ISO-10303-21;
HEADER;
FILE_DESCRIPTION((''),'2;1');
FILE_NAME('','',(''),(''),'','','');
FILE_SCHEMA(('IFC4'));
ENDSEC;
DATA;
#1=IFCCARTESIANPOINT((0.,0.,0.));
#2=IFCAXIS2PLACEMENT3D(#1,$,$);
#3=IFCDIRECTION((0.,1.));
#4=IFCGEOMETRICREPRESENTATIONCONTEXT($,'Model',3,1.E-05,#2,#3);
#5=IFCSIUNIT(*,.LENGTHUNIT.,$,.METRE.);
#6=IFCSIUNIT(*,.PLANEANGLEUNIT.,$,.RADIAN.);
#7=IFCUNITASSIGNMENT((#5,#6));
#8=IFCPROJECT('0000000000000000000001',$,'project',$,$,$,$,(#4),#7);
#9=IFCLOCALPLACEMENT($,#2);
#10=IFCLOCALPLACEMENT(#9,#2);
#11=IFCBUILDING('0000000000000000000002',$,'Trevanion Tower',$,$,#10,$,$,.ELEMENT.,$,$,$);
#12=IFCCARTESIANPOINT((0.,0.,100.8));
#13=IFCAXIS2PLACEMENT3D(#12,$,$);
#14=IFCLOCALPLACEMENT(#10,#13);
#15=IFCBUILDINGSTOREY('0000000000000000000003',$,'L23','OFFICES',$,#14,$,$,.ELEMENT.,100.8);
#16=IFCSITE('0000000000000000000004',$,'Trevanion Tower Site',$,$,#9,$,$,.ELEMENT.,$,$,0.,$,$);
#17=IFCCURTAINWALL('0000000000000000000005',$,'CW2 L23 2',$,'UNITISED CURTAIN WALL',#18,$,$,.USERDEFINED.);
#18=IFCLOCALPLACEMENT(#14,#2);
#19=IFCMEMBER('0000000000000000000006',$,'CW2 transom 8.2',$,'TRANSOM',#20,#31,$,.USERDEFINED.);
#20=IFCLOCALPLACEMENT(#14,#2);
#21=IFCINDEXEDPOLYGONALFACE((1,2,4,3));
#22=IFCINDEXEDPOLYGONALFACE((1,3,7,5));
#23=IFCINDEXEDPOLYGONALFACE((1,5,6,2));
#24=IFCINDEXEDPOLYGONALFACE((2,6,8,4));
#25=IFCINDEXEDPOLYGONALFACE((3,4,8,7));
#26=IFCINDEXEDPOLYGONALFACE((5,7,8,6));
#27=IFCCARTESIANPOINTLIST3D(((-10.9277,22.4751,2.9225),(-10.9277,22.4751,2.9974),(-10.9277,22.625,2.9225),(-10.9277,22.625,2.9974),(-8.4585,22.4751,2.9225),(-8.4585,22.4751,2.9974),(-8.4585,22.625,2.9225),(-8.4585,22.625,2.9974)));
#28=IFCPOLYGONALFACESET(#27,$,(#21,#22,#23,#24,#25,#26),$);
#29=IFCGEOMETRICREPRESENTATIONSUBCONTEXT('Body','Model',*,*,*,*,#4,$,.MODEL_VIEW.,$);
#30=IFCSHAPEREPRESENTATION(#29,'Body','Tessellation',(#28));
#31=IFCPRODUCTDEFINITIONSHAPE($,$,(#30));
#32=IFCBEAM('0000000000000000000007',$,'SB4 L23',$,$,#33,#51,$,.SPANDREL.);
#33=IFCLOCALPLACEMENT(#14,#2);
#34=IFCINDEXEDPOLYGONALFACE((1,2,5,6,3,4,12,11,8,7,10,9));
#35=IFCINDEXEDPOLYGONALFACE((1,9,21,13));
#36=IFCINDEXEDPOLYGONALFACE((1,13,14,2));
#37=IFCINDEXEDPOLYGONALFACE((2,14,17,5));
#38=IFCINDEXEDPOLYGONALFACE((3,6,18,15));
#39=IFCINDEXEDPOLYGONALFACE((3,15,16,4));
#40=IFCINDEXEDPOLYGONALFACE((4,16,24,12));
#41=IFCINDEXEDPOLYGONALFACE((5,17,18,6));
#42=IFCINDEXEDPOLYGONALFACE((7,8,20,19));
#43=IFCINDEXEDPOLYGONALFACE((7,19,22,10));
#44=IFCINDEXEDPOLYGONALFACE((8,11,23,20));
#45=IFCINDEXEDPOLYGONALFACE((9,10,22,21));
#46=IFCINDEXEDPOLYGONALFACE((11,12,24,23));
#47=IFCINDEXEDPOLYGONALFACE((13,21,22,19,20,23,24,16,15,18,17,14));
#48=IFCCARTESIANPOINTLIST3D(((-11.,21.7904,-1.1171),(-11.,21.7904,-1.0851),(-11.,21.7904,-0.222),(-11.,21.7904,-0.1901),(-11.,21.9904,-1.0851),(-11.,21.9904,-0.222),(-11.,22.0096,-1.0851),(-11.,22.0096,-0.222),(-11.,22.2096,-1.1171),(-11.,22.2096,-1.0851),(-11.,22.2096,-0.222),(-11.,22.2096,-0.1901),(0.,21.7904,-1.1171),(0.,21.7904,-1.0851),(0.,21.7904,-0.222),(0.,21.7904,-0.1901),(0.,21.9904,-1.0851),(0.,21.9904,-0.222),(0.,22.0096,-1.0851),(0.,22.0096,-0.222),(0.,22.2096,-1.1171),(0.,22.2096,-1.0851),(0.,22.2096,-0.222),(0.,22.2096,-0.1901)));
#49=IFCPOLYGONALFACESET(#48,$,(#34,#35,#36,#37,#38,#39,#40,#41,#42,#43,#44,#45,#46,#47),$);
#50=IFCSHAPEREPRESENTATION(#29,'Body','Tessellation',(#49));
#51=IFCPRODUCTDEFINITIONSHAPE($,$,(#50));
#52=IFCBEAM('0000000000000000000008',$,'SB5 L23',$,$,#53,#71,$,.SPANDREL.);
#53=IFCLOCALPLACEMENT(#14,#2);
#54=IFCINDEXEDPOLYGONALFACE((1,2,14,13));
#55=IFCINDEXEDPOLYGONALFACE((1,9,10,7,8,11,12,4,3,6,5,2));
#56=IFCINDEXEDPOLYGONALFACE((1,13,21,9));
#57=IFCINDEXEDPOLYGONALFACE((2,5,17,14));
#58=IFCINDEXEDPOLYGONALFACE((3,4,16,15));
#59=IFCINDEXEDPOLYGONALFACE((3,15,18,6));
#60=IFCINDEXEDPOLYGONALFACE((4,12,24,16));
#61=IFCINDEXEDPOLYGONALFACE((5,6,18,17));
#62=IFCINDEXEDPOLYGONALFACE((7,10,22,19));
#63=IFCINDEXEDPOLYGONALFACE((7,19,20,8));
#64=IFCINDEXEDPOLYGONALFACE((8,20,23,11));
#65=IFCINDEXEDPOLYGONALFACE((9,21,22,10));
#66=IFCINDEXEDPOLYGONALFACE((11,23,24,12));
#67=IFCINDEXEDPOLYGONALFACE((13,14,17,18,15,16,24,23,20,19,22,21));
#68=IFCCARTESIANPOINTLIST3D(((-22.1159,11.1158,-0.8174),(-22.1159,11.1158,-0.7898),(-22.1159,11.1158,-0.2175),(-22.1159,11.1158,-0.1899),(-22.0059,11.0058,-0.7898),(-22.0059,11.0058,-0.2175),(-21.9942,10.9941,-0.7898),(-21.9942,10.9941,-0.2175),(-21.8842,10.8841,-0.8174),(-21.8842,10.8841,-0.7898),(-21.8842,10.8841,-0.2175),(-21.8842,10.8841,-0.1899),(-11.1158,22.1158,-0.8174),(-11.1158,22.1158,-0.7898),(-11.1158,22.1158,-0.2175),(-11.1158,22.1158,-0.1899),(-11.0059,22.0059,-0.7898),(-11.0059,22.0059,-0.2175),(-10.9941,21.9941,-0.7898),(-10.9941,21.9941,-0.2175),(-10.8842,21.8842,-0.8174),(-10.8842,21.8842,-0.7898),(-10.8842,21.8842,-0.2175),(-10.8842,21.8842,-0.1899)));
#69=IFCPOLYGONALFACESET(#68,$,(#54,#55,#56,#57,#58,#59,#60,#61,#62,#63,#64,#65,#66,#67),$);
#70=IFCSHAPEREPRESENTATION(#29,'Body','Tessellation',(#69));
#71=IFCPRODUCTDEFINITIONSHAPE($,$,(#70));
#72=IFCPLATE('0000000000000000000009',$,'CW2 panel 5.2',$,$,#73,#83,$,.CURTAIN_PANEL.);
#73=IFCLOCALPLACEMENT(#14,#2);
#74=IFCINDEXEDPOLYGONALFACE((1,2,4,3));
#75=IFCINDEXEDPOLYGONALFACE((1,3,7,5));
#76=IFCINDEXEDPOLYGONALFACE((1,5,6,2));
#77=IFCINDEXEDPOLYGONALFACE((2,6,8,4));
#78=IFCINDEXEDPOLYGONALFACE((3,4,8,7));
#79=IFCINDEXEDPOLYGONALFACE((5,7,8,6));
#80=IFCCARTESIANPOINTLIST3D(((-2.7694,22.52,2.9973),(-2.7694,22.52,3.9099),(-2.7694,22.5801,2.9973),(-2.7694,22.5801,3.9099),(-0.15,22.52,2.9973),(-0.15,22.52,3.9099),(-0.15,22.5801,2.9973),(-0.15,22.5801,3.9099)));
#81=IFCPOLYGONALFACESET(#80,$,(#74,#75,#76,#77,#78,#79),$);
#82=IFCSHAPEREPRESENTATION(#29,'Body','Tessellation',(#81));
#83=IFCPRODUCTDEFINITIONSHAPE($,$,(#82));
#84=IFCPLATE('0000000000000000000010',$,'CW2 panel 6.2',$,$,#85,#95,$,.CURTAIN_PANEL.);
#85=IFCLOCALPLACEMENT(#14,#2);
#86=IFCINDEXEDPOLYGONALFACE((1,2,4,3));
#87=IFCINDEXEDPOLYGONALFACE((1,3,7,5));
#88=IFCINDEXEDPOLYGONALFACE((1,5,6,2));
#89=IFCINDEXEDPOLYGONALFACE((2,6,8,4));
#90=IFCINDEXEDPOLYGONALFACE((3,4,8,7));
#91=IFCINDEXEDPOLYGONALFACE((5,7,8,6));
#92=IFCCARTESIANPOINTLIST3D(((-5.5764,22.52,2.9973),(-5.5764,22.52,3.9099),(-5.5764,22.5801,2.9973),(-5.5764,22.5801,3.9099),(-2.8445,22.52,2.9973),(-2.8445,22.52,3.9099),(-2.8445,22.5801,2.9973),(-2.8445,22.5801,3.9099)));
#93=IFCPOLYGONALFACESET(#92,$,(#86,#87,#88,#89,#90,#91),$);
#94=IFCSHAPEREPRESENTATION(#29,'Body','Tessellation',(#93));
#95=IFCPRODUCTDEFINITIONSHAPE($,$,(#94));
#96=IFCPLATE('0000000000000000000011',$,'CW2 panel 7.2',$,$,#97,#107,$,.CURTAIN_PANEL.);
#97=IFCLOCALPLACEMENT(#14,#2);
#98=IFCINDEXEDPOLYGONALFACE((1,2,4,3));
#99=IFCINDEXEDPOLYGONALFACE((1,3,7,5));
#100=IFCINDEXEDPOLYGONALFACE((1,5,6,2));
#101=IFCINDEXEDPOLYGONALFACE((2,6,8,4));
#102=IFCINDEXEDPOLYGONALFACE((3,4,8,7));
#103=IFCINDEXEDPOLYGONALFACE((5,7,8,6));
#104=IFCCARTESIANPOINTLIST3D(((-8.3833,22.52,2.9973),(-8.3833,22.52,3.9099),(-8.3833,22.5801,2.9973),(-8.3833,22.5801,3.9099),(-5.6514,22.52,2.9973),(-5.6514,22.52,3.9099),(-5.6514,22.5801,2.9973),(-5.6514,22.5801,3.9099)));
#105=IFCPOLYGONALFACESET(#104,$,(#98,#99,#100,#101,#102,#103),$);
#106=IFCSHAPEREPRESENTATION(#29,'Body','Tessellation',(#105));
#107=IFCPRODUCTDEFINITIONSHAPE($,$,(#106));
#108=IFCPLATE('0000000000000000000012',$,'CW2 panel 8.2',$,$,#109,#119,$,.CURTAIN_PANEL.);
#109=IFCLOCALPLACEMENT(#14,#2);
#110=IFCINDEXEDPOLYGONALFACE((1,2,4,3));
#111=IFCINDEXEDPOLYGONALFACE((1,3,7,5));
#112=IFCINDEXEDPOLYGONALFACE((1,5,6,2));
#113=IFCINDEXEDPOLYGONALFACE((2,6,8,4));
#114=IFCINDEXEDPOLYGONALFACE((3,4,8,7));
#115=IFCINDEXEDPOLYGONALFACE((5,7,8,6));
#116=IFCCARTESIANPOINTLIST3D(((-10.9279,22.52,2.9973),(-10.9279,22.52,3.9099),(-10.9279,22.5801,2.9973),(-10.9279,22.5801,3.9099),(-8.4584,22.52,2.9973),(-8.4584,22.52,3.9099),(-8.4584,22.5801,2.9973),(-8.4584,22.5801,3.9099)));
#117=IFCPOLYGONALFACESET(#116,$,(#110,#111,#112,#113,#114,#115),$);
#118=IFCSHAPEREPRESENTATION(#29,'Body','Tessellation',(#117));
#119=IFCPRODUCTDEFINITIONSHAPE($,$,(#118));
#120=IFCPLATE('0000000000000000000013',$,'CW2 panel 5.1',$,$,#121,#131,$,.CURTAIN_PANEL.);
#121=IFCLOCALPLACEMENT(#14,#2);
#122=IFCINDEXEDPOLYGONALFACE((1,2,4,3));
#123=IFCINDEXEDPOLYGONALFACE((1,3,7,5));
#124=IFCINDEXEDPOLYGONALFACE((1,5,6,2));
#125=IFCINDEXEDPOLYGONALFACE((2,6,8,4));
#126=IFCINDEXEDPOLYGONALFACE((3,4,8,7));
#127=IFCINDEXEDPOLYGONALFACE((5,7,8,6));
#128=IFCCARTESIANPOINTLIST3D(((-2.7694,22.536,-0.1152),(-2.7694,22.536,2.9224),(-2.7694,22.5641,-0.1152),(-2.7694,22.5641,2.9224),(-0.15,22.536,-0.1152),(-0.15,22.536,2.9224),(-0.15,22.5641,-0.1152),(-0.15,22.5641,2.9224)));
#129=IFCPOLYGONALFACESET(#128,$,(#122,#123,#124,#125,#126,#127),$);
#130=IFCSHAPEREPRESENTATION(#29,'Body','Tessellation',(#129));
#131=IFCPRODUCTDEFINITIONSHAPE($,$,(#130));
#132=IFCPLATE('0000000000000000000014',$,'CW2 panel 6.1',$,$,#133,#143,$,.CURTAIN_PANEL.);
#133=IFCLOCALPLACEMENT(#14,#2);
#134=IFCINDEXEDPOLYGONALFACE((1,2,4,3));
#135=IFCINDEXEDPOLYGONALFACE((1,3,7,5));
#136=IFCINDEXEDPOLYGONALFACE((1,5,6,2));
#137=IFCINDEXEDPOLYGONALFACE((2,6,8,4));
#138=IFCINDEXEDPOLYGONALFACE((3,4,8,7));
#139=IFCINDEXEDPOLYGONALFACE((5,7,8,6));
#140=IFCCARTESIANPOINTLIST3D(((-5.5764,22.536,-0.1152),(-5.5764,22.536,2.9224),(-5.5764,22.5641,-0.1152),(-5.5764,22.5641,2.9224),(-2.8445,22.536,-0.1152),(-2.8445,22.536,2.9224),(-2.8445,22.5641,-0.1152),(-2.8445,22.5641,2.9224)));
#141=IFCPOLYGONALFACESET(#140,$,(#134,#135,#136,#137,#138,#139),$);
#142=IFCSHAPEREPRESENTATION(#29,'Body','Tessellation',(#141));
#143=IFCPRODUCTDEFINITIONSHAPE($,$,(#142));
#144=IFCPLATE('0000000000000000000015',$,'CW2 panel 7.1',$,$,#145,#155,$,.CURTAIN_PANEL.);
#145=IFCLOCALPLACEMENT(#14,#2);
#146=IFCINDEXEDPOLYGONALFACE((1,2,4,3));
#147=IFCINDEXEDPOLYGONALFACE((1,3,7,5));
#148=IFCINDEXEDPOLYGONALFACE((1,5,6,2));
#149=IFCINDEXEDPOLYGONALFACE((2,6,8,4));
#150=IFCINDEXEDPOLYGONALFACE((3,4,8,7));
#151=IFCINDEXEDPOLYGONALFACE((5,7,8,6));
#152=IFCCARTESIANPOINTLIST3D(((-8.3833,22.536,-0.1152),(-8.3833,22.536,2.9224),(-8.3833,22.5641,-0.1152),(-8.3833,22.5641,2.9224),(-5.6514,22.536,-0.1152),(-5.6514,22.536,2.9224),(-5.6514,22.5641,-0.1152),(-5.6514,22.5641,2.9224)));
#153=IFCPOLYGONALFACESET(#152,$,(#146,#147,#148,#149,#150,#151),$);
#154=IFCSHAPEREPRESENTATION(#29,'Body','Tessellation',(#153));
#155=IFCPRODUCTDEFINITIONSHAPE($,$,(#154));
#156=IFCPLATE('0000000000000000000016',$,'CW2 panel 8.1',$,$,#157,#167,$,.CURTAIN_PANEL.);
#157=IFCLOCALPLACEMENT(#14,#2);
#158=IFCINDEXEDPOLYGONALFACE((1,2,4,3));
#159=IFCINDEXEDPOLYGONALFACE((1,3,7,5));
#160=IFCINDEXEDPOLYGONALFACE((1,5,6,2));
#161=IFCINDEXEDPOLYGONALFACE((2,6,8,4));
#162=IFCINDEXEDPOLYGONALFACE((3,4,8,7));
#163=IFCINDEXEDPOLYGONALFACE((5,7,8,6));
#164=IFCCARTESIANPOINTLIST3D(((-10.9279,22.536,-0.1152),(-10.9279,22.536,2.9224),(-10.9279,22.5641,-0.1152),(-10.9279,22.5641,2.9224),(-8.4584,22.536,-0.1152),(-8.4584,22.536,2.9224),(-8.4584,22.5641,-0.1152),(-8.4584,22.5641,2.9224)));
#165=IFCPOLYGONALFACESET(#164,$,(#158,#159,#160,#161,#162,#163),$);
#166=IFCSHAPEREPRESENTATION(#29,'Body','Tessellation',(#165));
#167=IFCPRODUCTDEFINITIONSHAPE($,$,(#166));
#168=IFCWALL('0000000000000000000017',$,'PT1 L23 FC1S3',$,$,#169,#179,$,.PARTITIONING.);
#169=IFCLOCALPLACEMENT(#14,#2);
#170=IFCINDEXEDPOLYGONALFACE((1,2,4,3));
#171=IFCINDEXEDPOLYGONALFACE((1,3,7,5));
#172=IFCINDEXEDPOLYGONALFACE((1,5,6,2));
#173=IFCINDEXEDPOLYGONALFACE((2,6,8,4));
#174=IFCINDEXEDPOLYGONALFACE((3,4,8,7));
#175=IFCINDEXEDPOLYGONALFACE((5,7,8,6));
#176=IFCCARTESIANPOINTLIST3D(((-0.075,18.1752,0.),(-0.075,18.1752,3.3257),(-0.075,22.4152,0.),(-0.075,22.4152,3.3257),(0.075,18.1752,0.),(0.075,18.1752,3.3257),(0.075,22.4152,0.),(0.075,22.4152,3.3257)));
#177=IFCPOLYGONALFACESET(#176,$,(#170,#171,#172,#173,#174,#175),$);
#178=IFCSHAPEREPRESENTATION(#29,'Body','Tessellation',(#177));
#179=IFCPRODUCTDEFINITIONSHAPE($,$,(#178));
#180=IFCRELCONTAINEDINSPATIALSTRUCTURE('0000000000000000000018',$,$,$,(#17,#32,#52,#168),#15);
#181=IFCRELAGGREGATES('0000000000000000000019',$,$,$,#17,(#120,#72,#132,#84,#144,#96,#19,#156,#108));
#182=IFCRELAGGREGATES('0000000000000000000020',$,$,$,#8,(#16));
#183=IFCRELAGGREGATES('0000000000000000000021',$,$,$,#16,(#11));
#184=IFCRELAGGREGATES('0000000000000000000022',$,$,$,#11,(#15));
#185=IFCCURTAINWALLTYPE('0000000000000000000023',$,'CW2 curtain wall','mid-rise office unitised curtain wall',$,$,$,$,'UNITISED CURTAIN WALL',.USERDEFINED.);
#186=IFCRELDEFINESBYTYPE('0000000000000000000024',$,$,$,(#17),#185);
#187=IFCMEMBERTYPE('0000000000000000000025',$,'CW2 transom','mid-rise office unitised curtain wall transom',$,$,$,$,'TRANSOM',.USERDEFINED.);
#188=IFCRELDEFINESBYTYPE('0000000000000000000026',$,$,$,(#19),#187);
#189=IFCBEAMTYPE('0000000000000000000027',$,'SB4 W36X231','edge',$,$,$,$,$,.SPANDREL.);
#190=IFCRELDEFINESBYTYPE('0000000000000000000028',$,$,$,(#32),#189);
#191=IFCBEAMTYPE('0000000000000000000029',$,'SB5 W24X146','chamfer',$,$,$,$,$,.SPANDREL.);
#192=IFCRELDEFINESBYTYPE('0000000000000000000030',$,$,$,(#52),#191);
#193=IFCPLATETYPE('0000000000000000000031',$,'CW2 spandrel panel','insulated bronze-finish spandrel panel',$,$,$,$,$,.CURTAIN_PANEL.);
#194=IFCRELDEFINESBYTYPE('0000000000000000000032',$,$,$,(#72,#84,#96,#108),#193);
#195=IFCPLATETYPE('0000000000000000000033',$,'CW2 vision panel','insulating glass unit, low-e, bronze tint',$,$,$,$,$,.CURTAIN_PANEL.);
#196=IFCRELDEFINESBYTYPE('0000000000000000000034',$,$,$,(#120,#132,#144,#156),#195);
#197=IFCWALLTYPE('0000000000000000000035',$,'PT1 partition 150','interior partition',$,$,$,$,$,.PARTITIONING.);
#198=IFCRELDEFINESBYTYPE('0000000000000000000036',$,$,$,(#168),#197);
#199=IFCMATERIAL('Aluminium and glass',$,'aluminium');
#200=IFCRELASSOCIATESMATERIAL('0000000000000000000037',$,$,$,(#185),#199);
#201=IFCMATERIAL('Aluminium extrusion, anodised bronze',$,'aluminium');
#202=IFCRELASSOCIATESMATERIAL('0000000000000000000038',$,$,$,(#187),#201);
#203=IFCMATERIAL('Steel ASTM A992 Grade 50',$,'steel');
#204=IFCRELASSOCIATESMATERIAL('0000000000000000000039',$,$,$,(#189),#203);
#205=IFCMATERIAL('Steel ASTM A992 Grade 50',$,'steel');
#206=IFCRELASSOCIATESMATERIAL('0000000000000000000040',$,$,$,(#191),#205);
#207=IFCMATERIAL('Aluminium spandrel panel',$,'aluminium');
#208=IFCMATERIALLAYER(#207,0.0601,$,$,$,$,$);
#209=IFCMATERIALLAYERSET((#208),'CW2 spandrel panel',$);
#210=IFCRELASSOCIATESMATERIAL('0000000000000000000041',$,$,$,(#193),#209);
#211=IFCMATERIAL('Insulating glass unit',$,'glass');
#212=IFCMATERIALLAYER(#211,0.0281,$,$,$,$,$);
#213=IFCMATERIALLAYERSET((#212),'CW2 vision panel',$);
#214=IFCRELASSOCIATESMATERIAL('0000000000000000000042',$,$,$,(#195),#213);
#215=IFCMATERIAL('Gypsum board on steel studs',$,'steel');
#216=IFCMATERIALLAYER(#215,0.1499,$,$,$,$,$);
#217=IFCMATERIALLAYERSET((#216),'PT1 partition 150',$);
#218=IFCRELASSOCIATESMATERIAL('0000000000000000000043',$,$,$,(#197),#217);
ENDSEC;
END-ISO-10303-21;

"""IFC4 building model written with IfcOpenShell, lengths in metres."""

from ifc_helpers import new_model, si_unit, direction, frame, frame_2d, origin, origin_2d, place, context, subcontext, project, spatial, rectangle, i_section, extrude, material, layer, layer_set, material_profile, profile_set, type_object, element, aggregate, save


model = new_model("IFC4")

# Units and contexts
model_context = context("Model", 3, precision=1e-05, world=origin(), true_north=direction((0.0, 1.0)))
body_context = subcontext(model_context, "Body", "Model", "MODEL_VIEW")
ifc_project = project(units=[si_unit("LENGTHUNIT", "METRE"), si_unit("PLANEANGLEUNIT", "RADIAN")], contexts=[model_context])

# Site, building, storey
site_placement = place(None, origin())
site = spatial("IfcSite", under=ifc_project, at=site_placement, Name="Trevanion Tower Site", CompositionType="ELEMENT", RefElevation=0.0)
building_placement = place(site_placement, origin())
building = spatial("IfcBuilding", under=site, at=building_placement, Name="Trevanion Tower", CompositionType="ELEMENT")
storey_placement = place(building_placement, frame((0.0, 0.0, 100.8)))
storey = spatial("IfcBuildingStorey", under=building, at=storey_placement, Name="L23", Description="OFFICES", CompositionType="ELEMENT", Elevation=100.8)

# Curtain wall, member
ifc_material_1 = material(Name="Aluminium and glass", Category="aluminium")
curtain_wall_type = type_object("IfcCurtainWallType", Name="CW2 curtain wall", Description="mid-rise office unitised curtain wall", ElementType="UNITISED CURTAIN WALL", PredefinedType="USERDEFINED", material=ifc_material_1)
curtain_wall_placement = place(storey_placement, origin())
curtain_wall = element("IfcCurtainWall", 1, at=curtain_wall_placement, inside=storey, type_object=curtain_wall_type, Name="CW2 L23 2", ObjectType="UNITISED CURTAIN WALL", PredefinedType="USERDEFINED")
ifc_material_2 = material(Name="Aluminium extrusion, anodised bronze", Category="aluminium")
ifc_material_profile_1 = material_profile(ifc_material_2, rectangle(XDim=0.1499, YDim=0.075, at=origin_2d()), Name="CW2 transom")
ifc_profile_set_1 = profile_set([ifc_material_profile_1], Name="Aluminium extrusion, anodised bronze")
member_type_1 = type_object("IfcMemberType", Name="CW2 transom", Description="mid-rise office unitised curtain wall transom", ElementType="TRANSOM", PredefinedType="USERDEFINED", material=ifc_profile_set_1)
member_1_placement = place(storey_placement, frame((-8.4585, 22.55, 2.96), z_axis=(-1.0, 0.0, 0.0), x_axis=(0.0, -1.0, 0.0)))
member_1 = element("IfcMember", 2, at=member_1_placement, type_object=member_type_1, Name="CW2 transom 8.2", ObjectType="TRANSOM", PredefinedType="USERDEFINED", context=body_context, shape_type="SweptSolid", body=[
    extrude(rectangle(XDim=0.1499, YDim=0.075, at=origin_2d()), origin(), (0.0, 0.0, 1.0), 2.4692),
])

# Beams
ifc_material_3 = material(Name="Steel ASTM A992 Grade 50", Category="steel")
ifc_material_profile_2 = material_profile(ifc_material_3, i_section(OverallWidth=0.4192, OverallDepth=0.927, WebThickness=0.0193, FlangeThickness=0.032, at=origin_2d()), Name="W36X231")
ifc_profile_set_2 = profile_set([ifc_material_profile_2], Name="Steel ASTM A992 Grade 50")
beam_type_1 = type_object("IfcBeamType", Name="SB4 W36X231", Description="edge", PredefinedType="SPANDREL", material=ifc_profile_set_2)
beam_1_placement = place(storey_placement, frame((0.0, 22.0, -0.6536), z_axis=(-1.0, 0.0, 0.0), x_axis=(0.0, -1.0, 0.0)))
element("IfcBeam", 3, at=beam_1_placement, inside=storey, type_object=beam_type_1, Name="SB4 L23", PredefinedType="SPANDREL", context=body_context, shape_type="SweptSolid", body=[
    extrude(i_section(OverallWidth=0.4192, OverallDepth=0.927, WebThickness=0.0193, FlangeThickness=0.032, at=origin_2d()), origin(), (0.0, 0.0, 1.0), 11.0),
])
ifc_material_4 = material(Name="Steel ASTM A992 Grade 50", Category="steel")
ifc_material_profile_3 = material_profile(ifc_material_4, i_section(OverallWidth=0.3276, OverallDepth=0.6274, WebThickness=0.0166, FlangeThickness=0.0276, at=origin_2d()), Name="W24X146")
ifc_profile_set_3 = profile_set([ifc_material_profile_3], Name="Steel ASTM A992 Grade 50")
beam_type_2 = type_object("IfcBeamType", Name="SB5 W24X146", Description="chamfer", PredefinedType="SPANDREL", material=ifc_profile_set_3)
beam_2_placement = place(storey_placement, frame((-11.0, 22.0, -0.5037), z_axis=(-0.707107, -0.707107, 0.0), x_axis=(0.707107, -0.707107, 0.0)))
element("IfcBeam", 4, at=beam_2_placement, inside=storey, type_object=beam_type_2, Name="SB5 L23", PredefinedType="SPANDREL", context=body_context, shape_type="SweptSolid", body=[
    extrude(i_section(OverallWidth=0.3276, OverallDepth=0.6274, WebThickness=0.0166, FlangeThickness=0.0276, at=origin_2d()), origin(), (0.0, 0.0, 1.0), 15.5564),
])

# Plates
ifc_material_5 = material(Name="Aluminium spandrel panel", Category="aluminium")
ifc_layer_1 = layer(ifc_material_5, 0.0601)
ifc_layer_set_1 = layer_set([ifc_layer_1], Name="CW2 spandrel panel")
plate_type_1 = type_object("IfcPlateType", Name="CW2 spandrel panel", Description="insulated bronze-finish spandrel panel", PredefinedType="CURTAIN_PANEL", material=ifc_layer_set_1)
plate_1_placement = place(storey_placement, frame((-1.4597, 22.55, 2.9973), z_axis=(0.0, 0.0, 1.0), x_axis=(-1.0, 0.0, 0.0)))
plate_1 = element("IfcPlate", 5, at=plate_1_placement, type_object=plate_type_1, Name="CW2 panel 5.2", PredefinedType="CURTAIN_PANEL", context=body_context, shape_type="SweptSolid", body=[
    extrude(rectangle(XDim=2.6194, YDim=0.0601, at=origin_2d()), origin(), (0.0, 0.0, 1.0), 0.9126),
])
plate_2_placement = place(storey_placement, frame((-4.2104, 22.55, 2.9973), z_axis=(0.0, 0.0, 1.0), x_axis=(-1.0, 0.0, 0.0)))
plate_2 = element("IfcPlate", 6, at=plate_2_placement, type_object=plate_type_1, Name="CW2 panel 6.2", PredefinedType="CURTAIN_PANEL", context=body_context, shape_type="SweptSolid", body=[
    extrude(rectangle(XDim=2.7319, YDim=0.0601, at=origin_2d()), origin(), (0.0, 0.0, 1.0), 0.9126),
])
plate_3_placement = place(storey_placement, frame((-7.0173, 22.55, 2.9973), z_axis=(0.0, 0.0, 1.0), x_axis=(-1.0, 0.0, 0.0)))
plate_3 = element("IfcPlate", 7, at=plate_3_placement, type_object=plate_type_1, Name="CW2 panel 7.2", PredefinedType="CURTAIN_PANEL", context=body_context, shape_type="SweptSolid", body=[
    extrude(rectangle(XDim=2.7319, YDim=0.0601, at=origin_2d()), origin(), (0.0, 0.0, 1.0), 0.9126),
])
plate_4_placement = place(storey_placement, frame((-9.6931, 22.55, 2.9973), z_axis=(0.0, 0.0, 1.0), x_axis=(-1.0, 0.0, 0.0)))
plate_4 = element("IfcPlate", 8, at=plate_4_placement, type_object=plate_type_1, Name="CW2 panel 8.2", PredefinedType="CURTAIN_PANEL", context=body_context, shape_type="SweptSolid", body=[
    extrude(rectangle(XDim=2.4695, YDim=0.0601, at=origin_2d()), origin(), (0.0, 0.0, 1.0), 0.9126),
])
ifc_material_6 = material(Name="Insulating glass unit", Category="glass")
ifc_layer_2 = layer(ifc_material_6, 0.0281)
ifc_layer_set_2 = layer_set([ifc_layer_2], Name="CW2 vision panel")
plate_type_2 = type_object("IfcPlateType", Name="CW2 vision panel", Description="insulating glass unit, low-e, bronze tint", PredefinedType="CURTAIN_PANEL", material=ifc_layer_set_2)
plate_5_placement = place(storey_placement, frame((-1.4597, 22.55, -0.1152), z_axis=(0.0, 0.0, 1.0), x_axis=(-1.0, 0.0, 0.0)))
plate_5 = element("IfcPlate", 9, at=plate_5_placement, type_object=plate_type_2, Name="CW2 panel 5.1", PredefinedType="CURTAIN_PANEL", context=body_context, shape_type="SweptSolid", body=[
    extrude(rectangle(XDim=2.6194, YDim=0.0281, at=origin_2d()), origin(), (0.0, 0.0, 1.0), 3.0376),
])
plate_6_placement = place(storey_placement, frame((-4.2104, 22.55, -0.1152), z_axis=(0.0, 0.0, 1.0), x_axis=(-1.0, 0.0, 0.0)))
plate_6 = element("IfcPlate", 10, at=plate_6_placement, type_object=plate_type_2, Name="CW2 panel 6.1", PredefinedType="CURTAIN_PANEL", context=body_context, shape_type="SweptSolid", body=[
    extrude(rectangle(XDim=2.7319, YDim=0.0281, at=origin_2d()), origin(), (0.0, 0.0, 1.0), 3.0376),
])
plate_7_placement = place(storey_placement, frame((-7.0173, 22.55, -0.1152), z_axis=(0.0, 0.0, 1.0), x_axis=(-1.0, 0.0, 0.0)))
plate_7 = element("IfcPlate", 11, at=plate_7_placement, type_object=plate_type_2, Name="CW2 panel 7.1", PredefinedType="CURTAIN_PANEL", context=body_context, shape_type="SweptSolid", body=[
    extrude(rectangle(XDim=2.7319, YDim=0.0281, at=origin_2d()), origin(), (0.0, 0.0, 1.0), 3.0376),
])
plate_8_placement = place(storey_placement, frame((-9.6931, 22.55, -0.1152), z_axis=(0.0, 0.0, 1.0), x_axis=(-1.0, 0.0, 0.0)))
plate_8 = element("IfcPlate", 12, at=plate_8_placement, type_object=plate_type_2, Name="CW2 panel 8.1", PredefinedType="CURTAIN_PANEL", context=body_context, shape_type="SweptSolid", body=[
    extrude(rectangle(XDim=2.4695, YDim=0.0281, at=origin_2d()), origin(), (0.0, 0.0, 1.0), 3.0376),
])
aggregate(curtain_wall, [plate_5, plate_1, plate_6, plate_2, plate_7, plate_3, member_1, plate_8, plate_4])

# Wall
ifc_material_7 = material(Name="Gypsum board on steel studs", Category="steel")
ifc_layer_3 = layer(ifc_material_7, 0.1499)
ifc_layer_set_3 = layer_set([ifc_layer_3], Name="PT1 partition 150")
wall_type_1 = type_object("IfcWallType", Name="PT1 partition 150", Description="interior partition", PredefinedType="PARTITIONING", material=ifc_layer_set_3)
wall_1_placement = place(storey_placement, frame((0.0, 18.175, 0.0), z_axis=(0.0, 0.0, 1.0), x_axis=(0.0, 1.0, 0.0)))
element("IfcWall", 13, at=wall_1_placement, inside=storey, type_object=wall_type_1, Name="PT1 L23 FC1S3", PredefinedType="PARTITIONING", context=body_context, shape_type="SweptSolid", body=[
    extrude(rectangle(XDim=4.24, YDim=0.1499, at=frame_2d((2.1201, 0.0))), origin(), (0.0, 0.0, 1.0), 3.3257),
])

save(model, "model.ifc")
